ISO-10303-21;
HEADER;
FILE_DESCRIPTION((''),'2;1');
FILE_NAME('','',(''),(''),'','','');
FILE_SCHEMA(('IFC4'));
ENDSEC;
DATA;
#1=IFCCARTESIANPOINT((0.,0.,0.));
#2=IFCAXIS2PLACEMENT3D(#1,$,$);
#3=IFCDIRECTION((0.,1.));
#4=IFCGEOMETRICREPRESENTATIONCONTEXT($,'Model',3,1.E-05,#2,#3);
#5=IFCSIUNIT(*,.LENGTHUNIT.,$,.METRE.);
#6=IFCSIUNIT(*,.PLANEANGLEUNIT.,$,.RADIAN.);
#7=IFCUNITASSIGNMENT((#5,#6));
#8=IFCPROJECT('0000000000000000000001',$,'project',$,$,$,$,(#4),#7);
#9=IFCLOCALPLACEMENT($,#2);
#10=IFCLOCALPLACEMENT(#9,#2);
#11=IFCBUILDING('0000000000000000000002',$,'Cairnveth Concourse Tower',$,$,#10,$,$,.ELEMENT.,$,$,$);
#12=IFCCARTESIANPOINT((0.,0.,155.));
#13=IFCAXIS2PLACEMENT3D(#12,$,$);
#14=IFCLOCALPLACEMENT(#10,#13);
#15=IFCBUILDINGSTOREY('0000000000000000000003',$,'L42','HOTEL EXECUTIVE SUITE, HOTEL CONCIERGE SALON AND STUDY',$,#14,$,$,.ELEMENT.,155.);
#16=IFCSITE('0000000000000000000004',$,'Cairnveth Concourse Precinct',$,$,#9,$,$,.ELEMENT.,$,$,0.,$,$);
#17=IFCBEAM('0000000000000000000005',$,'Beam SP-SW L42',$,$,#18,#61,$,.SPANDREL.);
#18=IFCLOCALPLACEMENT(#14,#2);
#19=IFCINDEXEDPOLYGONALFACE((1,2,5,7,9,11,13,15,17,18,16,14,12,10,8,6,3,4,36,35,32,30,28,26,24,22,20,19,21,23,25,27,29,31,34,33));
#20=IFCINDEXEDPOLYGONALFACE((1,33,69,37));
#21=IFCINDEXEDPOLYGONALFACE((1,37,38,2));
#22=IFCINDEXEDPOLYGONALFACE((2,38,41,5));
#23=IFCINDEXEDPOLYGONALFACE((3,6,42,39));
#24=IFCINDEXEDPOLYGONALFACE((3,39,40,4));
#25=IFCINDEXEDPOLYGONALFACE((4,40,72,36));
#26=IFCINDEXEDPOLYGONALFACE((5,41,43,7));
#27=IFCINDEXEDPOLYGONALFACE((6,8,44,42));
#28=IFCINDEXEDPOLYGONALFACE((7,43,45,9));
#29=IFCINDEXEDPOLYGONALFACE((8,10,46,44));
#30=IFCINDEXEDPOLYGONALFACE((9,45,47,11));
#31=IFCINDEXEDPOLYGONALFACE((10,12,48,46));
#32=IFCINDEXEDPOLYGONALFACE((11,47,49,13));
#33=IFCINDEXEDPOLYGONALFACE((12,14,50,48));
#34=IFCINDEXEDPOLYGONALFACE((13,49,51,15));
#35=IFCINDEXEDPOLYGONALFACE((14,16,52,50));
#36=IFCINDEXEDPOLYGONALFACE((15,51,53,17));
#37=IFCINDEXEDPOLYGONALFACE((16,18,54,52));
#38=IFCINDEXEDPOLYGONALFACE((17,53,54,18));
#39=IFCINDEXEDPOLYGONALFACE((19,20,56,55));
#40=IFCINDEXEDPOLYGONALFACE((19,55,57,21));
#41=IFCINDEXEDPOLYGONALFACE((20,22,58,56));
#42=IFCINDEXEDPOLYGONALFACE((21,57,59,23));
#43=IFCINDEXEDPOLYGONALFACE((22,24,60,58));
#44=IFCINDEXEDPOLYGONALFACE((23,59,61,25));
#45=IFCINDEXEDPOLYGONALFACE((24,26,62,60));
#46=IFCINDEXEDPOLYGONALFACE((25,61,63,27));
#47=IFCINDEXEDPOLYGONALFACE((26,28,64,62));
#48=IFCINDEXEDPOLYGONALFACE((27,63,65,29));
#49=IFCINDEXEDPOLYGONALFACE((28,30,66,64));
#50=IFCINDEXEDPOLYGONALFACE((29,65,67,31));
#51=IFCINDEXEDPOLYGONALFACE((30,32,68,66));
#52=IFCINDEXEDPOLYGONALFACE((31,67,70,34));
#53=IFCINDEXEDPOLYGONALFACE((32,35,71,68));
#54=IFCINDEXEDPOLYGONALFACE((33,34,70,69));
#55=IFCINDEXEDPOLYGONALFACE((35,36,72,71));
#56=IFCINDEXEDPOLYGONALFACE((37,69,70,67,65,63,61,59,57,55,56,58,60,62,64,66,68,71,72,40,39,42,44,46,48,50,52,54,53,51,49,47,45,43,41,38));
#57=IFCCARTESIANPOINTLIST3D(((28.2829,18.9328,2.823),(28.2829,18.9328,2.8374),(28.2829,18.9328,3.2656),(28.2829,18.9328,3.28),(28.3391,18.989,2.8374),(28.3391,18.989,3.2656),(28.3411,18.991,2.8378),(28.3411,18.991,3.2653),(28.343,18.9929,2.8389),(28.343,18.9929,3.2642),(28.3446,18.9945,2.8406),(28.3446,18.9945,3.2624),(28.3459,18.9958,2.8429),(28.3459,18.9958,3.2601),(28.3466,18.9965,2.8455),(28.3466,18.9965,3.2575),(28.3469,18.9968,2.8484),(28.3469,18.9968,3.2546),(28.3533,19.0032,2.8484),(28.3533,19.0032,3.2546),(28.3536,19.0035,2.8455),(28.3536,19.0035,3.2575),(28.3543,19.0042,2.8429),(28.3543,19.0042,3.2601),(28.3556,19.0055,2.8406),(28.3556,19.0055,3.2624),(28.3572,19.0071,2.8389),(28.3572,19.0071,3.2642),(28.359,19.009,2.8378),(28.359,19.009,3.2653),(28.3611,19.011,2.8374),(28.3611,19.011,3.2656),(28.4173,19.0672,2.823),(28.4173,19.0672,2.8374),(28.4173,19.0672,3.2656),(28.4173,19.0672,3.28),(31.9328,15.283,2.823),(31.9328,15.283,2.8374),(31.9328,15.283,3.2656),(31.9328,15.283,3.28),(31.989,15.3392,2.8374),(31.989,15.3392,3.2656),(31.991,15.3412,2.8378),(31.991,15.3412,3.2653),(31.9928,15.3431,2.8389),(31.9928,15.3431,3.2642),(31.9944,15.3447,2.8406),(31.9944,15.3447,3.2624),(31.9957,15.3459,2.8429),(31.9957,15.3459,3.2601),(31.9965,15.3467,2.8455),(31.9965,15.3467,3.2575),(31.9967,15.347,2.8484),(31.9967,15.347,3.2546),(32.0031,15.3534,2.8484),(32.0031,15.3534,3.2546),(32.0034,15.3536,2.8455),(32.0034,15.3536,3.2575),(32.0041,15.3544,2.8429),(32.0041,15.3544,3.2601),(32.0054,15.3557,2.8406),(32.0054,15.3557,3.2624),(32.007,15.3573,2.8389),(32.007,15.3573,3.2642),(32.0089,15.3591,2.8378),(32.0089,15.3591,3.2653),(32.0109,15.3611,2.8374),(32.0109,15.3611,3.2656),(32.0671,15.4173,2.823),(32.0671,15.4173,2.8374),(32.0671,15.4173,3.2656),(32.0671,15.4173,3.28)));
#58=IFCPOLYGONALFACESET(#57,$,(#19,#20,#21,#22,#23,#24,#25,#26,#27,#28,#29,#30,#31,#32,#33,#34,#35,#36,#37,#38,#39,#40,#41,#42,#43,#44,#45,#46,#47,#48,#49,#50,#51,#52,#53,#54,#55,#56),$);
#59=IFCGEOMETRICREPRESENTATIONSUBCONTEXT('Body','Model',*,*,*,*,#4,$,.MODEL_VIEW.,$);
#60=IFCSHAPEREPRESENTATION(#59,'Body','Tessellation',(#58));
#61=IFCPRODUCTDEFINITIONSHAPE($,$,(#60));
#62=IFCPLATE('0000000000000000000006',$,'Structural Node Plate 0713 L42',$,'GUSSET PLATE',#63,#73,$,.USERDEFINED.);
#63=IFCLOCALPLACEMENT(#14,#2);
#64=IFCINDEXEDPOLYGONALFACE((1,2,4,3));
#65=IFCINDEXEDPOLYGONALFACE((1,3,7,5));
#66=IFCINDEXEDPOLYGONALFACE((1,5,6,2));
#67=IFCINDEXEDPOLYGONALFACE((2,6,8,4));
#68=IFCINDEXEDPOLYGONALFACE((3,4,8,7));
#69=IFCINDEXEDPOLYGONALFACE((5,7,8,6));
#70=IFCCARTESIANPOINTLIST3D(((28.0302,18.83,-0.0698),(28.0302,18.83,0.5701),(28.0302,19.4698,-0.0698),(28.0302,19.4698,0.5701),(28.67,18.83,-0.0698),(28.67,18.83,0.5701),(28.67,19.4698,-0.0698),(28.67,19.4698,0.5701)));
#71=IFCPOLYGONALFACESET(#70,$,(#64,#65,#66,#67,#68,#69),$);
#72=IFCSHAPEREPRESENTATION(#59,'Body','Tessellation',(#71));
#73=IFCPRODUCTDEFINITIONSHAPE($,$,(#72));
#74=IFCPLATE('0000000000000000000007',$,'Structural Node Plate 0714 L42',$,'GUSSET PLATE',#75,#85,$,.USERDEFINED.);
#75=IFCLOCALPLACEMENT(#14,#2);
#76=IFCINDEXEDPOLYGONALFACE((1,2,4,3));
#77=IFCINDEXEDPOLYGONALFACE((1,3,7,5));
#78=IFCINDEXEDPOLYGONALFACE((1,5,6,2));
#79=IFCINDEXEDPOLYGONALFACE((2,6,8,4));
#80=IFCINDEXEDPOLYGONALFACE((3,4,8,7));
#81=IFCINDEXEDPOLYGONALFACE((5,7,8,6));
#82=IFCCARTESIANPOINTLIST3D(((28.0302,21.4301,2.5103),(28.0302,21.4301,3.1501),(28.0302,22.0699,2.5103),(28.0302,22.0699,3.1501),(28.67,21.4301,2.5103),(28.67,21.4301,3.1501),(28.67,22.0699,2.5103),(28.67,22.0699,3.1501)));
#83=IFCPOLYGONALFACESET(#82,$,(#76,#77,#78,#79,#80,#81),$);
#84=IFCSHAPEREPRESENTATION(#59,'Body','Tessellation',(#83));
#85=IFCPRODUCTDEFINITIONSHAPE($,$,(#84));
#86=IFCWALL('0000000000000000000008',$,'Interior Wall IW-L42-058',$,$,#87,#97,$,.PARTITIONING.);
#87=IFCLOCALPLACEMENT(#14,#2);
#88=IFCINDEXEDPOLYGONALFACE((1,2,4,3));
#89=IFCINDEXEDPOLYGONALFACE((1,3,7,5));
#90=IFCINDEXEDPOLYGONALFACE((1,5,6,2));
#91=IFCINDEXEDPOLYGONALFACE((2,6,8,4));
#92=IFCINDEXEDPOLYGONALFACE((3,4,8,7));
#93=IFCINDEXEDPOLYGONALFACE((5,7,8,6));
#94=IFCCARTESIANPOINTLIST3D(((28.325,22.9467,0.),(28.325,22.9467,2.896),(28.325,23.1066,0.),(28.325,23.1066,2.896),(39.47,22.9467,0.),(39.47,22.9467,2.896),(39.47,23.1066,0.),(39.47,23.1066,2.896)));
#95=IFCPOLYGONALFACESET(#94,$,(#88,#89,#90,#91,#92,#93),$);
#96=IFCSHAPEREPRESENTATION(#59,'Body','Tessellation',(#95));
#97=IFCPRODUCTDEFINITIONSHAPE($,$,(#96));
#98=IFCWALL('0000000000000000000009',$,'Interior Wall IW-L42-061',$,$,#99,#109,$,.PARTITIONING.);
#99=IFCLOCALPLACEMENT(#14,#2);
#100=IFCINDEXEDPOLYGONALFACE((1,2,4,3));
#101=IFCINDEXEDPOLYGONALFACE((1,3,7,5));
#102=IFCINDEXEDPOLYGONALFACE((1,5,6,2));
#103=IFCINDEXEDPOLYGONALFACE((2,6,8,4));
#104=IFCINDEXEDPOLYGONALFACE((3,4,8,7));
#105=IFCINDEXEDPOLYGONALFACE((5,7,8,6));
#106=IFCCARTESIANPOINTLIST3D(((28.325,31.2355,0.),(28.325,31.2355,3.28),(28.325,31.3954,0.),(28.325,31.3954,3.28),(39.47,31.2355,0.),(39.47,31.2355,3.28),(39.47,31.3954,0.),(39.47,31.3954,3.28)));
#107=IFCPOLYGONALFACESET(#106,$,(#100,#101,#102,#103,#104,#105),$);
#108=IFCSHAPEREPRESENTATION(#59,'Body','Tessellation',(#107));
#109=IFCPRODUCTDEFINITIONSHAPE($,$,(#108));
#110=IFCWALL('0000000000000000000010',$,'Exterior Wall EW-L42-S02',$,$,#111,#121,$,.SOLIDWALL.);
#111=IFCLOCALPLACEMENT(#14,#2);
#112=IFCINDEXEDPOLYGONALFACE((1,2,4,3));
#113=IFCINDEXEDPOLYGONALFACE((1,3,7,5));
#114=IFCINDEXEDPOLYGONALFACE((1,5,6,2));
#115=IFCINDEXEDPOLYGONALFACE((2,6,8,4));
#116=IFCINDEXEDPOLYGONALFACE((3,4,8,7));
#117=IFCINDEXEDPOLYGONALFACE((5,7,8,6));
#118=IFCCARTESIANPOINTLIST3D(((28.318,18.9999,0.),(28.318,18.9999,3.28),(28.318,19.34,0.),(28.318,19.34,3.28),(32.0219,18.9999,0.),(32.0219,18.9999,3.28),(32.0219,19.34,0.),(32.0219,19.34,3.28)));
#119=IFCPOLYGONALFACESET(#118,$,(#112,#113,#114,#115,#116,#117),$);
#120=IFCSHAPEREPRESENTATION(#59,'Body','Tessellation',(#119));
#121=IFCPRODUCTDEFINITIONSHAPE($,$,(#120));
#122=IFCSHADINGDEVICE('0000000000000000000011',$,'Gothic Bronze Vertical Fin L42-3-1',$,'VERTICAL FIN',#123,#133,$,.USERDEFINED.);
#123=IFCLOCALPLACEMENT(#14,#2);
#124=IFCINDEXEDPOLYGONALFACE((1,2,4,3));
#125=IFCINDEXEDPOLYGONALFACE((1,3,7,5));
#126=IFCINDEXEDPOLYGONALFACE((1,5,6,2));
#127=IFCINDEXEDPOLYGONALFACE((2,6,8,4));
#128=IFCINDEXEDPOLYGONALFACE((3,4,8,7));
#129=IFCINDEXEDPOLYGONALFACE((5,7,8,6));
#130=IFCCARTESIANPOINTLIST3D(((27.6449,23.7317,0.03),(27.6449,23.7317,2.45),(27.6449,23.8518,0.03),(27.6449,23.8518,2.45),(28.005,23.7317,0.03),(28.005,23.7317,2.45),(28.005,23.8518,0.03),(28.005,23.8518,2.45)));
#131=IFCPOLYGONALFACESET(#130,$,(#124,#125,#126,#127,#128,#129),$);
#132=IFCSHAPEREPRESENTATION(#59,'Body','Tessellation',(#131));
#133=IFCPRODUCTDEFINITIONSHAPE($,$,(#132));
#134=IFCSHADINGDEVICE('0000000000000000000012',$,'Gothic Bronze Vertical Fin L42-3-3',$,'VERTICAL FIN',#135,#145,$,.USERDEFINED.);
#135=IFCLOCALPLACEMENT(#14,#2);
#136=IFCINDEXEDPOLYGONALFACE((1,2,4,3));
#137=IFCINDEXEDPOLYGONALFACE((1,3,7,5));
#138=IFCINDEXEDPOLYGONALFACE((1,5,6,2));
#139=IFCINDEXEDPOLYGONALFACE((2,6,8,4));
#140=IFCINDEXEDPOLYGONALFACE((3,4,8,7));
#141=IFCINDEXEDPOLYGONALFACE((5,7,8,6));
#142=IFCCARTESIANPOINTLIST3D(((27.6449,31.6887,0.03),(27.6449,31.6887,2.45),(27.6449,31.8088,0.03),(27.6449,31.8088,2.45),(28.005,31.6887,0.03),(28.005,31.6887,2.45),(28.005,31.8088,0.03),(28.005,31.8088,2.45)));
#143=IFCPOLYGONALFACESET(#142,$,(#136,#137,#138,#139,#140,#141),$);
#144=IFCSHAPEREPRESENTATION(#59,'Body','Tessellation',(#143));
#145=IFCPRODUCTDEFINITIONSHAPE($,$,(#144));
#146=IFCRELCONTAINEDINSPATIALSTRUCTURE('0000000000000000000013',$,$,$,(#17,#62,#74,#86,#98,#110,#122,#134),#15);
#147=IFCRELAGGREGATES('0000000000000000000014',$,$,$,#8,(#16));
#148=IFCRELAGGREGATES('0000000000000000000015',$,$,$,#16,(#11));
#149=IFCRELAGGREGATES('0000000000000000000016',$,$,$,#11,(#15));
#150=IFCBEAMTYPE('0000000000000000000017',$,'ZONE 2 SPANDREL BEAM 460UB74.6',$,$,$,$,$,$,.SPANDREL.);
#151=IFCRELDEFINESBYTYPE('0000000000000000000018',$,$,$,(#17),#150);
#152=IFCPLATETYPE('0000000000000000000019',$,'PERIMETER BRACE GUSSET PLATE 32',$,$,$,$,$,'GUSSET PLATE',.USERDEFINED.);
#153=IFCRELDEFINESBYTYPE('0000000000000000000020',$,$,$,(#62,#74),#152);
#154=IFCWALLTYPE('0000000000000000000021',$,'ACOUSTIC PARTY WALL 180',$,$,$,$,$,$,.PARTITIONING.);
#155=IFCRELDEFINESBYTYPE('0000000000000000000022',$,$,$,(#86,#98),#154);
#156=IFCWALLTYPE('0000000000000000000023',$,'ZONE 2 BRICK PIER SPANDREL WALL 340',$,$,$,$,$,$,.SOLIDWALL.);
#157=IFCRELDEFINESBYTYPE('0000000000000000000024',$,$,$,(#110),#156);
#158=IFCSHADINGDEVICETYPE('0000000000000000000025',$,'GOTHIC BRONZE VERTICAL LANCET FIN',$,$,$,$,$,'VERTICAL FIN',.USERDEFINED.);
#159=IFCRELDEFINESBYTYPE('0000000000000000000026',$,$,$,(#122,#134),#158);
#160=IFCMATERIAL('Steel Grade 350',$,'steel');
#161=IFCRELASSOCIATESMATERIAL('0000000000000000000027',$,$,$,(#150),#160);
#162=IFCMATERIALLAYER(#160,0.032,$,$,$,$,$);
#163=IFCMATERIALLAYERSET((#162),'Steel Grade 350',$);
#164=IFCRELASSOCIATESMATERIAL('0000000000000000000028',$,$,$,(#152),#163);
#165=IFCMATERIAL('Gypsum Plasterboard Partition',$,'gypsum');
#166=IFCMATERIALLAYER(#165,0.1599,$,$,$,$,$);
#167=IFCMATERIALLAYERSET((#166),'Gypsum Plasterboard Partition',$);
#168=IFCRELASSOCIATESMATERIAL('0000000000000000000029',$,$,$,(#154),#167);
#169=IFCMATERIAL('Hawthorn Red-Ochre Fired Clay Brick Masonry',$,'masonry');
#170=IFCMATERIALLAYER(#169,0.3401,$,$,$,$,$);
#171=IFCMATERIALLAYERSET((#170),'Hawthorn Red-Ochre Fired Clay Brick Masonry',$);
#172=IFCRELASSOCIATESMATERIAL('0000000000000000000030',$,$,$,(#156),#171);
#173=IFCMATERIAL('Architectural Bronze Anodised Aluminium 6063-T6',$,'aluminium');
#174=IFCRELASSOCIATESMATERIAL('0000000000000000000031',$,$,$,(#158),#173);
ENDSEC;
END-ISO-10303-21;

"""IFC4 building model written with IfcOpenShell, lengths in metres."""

from ifc_helpers import new_model, si_unit, direction, frame, frame_2d, origin, origin_2d, place, context, subcontext, project, spatial, rectangle, i_section, extrude, material, layer, layer_set, material_profile, profile_set, type_object, element, save


model = new_model("IFC4")

# Units and contexts
model_context = context("Model", 3, precision=1e-05, world=origin(), true_north=direction((0.0, 1.0)))
body_context = subcontext(model_context, "Body", "Model", "MODEL_VIEW")
ifc_project = project(units=[si_unit("LENGTHUNIT", "METRE"), si_unit("PLANEANGLEUNIT", "RADIAN")], contexts=[model_context])

# Site, building, storey
site_placement = place(None, origin())
site = spatial("IfcSite", under=ifc_project, at=site_placement, Name="Cairnveth Concourse Precinct", CompositionType="ELEMENT", RefElevation=0.0)
building_placement = place(site_placement, origin())
building = spatial("IfcBuilding", under=site, at=building_placement, Name="Cairnveth Concourse Tower", CompositionType="ELEMENT")
storey_placement = place(building_placement, frame((0.0, 0.0, 155.0)))
storey = spatial("IfcBuildingStorey", under=building, at=storey_placement, Name="L42", Description="HOTEL EXECUTIVE SUITE, HOTEL CONCIERGE SALON AND STUDY", CompositionType="ELEMENT", Elevation=155.0)

# Shared definitions
ifc_material_1 = material(Name="Steel Grade 350", Category="steel")

# Beam
ifc_material_profile_1 = material_profile(ifc_material_1, i_section(OverallWidth=0.1899, OverallDepth=0.457, WebThickness=0.009, FlangeThickness=0.0144, FilletRadius=0.011, at=origin_2d()), Name="460UB74.6")
ifc_profile_set_1 = profile_set([ifc_material_profile_1], Name="Steel Grade 350")
beam_type_1 = type_object("IfcBeamType", Name="ZONE 2 SPANDREL BEAM 460UB74.6", PredefinedType="SPANDREL", material=ifc_profile_set_1)
beam_1_placement = place(storey_placement, frame((28.3501, 19.0, 3.0515), z_axis=(0.707107, -0.707107, 0.0), x_axis=(0.707107, 0.707107, 0.0)))
element("IfcBeam", 1, at=beam_1_placement, inside=storey, type_object=beam_type_1, Name="Beam SP-SW L42", PredefinedType="SPANDREL", context=body_context, shape_type="SweptSolid", body=[
    extrude(i_section(OverallWidth=0.1899, OverallDepth=0.457, WebThickness=0.009, FlangeThickness=0.0144, FilletRadius=0.011, at=origin_2d()), origin(), (0.0, 0.0, 1.0), 5.1616),
])

# Plates
ifc_layer_1 = layer(ifc_material_1, 0.032)
ifc_layer_set_1 = layer_set([ifc_layer_1], Name="Steel Grade 350")
plate_type = type_object("IfcPlateType", Name="PERIMETER BRACE GUSSET PLATE 32", ElementType="GUSSET PLATE", PredefinedType="USERDEFINED", material=ifc_layer_set_1)
for number, where, z_axis, x_axis, name in (
    (2, (28.3501, 19.1499, -0.0698), (0.0, 0.0, 1.0), (1.0, 0.0, 0.0), "Structural Node Plate 0713 L42"),
    (3, (28.3501, 21.75, 2.5103), (0.0, 0.0, 1.0), (1.0, 0.0, 0.0), "Structural Node Plate 0714 L42"),
):
    element("IfcPlate", number, at=place(storey_placement, frame(where, z_axis=z_axis, x_axis=x_axis)), inside=storey, type_object=plate_type, Name=name, ObjectType="GUSSET PLATE", PredefinedType="USERDEFINED", context=body_context, shape_type="SweptSolid", body=[
        extrude(rectangle(XDim=0.6399, YDim=0.6399, at=origin_2d()), origin(), (0.0, 0.0, 1.0), 0.6399),
    ])

# Walls
ifc_material_2 = material(Name="Gypsum Plasterboard Partition", Category="gypsum")
ifc_layer_2 = layer(ifc_material_2, 0.1599)
ifc_layer_set_2 = layer_set([ifc_layer_2], Name="Gypsum Plasterboard Partition")
wall_type_1 = type_object("IfcWallType", Name="ACOUSTIC PARTY WALL 180", PredefinedType="PARTITIONING", material=ifc_layer_set_2)
wall_1_placement = place(storey_placement, frame((28.325, 23.0266, 0.0), z_axis=(0.0, 0.0, 1.0), x_axis=(1.0, 0.0, 0.0)))
element("IfcWall", 4, at=wall_1_placement, inside=storey, type_object=wall_type_1, Name="Interior Wall IW-L42-058", PredefinedType="PARTITIONING", context=body_context, shape_type="SweptSolid", body=[
    extrude(rectangle(XDim=11.145, YDim=0.1599, at=frame_2d((5.5725, 0.0))), origin(), (0.0, 0.0, 1.0), 2.896),
])
wall_2_placement = place(storey_placement, frame((28.325, 31.3154, 0.0), z_axis=(0.0, 0.0, 1.0), x_axis=(1.0, 0.0, 0.0)))
element("IfcWall", 5, at=wall_2_placement, inside=storey, type_object=wall_type_1, Name="Interior Wall IW-L42-061", PredefinedType="PARTITIONING", context=body_context, shape_type="SweptSolid", body=[
    extrude(rectangle(XDim=11.145, YDim=0.1599, at=frame_2d((5.5725, 0.0))), origin(), (0.0, 0.0, 1.0), 3.28),
])
ifc_material_3 = material(Name="Hawthorn Red-Ochre Fired Clay Brick Masonry", Category="masonry")
ifc_layer_3 = layer(ifc_material_3, 0.3401)
ifc_layer_set_3 = layer_set([ifc_layer_3], Name="Hawthorn Red-Ochre Fired Clay Brick Masonry")
wall_type_2 = type_object("IfcWallType", Name="ZONE 2 BRICK PIER SPANDREL WALL 340", PredefinedType="SOLIDWALL", material=ifc_layer_set_3)
wall_3_placement = place(storey_placement, frame((32.022, 19.1699, 0.0), z_axis=(0.0, 0.0, 1.0), x_axis=(-1.0, 0.0, 0.0)))
element("IfcWall", 6, at=wall_3_placement, inside=storey, type_object=wall_type_2, Name="Exterior Wall EW-L42-S02", PredefinedType="SOLIDWALL", context=body_context, shape_type="SweptSolid", body=[
    extrude(rectangle(XDim=3.7039, YDim=0.3401, at=frame_2d((1.8521, 0.0))), origin(), (0.0, 0.0, 1.0), 3.28),
])

# Shading devices
ifc_material_4 = material(Name="Architectural Bronze Anodised Aluminium 6063-T6", Category="aluminium")
shading_device_type = type_object("IfcShadingDeviceType", Name="GOTHIC BRONZE VERTICAL LANCET FIN", ElementType="VERTICAL FIN", PredefinedType="USERDEFINED", material=ifc_material_4)
for number, where, z_axis, x_axis, name in (
    (7, (27.825, 23.7917, 0.03), (0.0, 0.0, 1.0), (0.0, 1.0, 0.0), "Gothic Bronze Vertical Fin L42-3-1"),
    (8, (27.825, 31.7488, 0.03), (0.0, 0.0, 1.0), (0.0, 1.0, 0.0), "Gothic Bronze Vertical Fin L42-3-3"),
):
    element("IfcShadingDevice", number, at=place(storey_placement, frame(where, z_axis=z_axis, x_axis=x_axis)), inside=storey, type_object=shading_device_type, Name=name, ObjectType="VERTICAL FIN", PredefinedType="USERDEFINED", context=body_context, shape_type="SweptSolid", body=[
        extrude(rectangle(XDim=0.1201, YDim=0.3601, at=origin_2d()), origin(), (0.0, 0.0, 1.0), 2.4199),
    ])

save(model, "model.ifc")
